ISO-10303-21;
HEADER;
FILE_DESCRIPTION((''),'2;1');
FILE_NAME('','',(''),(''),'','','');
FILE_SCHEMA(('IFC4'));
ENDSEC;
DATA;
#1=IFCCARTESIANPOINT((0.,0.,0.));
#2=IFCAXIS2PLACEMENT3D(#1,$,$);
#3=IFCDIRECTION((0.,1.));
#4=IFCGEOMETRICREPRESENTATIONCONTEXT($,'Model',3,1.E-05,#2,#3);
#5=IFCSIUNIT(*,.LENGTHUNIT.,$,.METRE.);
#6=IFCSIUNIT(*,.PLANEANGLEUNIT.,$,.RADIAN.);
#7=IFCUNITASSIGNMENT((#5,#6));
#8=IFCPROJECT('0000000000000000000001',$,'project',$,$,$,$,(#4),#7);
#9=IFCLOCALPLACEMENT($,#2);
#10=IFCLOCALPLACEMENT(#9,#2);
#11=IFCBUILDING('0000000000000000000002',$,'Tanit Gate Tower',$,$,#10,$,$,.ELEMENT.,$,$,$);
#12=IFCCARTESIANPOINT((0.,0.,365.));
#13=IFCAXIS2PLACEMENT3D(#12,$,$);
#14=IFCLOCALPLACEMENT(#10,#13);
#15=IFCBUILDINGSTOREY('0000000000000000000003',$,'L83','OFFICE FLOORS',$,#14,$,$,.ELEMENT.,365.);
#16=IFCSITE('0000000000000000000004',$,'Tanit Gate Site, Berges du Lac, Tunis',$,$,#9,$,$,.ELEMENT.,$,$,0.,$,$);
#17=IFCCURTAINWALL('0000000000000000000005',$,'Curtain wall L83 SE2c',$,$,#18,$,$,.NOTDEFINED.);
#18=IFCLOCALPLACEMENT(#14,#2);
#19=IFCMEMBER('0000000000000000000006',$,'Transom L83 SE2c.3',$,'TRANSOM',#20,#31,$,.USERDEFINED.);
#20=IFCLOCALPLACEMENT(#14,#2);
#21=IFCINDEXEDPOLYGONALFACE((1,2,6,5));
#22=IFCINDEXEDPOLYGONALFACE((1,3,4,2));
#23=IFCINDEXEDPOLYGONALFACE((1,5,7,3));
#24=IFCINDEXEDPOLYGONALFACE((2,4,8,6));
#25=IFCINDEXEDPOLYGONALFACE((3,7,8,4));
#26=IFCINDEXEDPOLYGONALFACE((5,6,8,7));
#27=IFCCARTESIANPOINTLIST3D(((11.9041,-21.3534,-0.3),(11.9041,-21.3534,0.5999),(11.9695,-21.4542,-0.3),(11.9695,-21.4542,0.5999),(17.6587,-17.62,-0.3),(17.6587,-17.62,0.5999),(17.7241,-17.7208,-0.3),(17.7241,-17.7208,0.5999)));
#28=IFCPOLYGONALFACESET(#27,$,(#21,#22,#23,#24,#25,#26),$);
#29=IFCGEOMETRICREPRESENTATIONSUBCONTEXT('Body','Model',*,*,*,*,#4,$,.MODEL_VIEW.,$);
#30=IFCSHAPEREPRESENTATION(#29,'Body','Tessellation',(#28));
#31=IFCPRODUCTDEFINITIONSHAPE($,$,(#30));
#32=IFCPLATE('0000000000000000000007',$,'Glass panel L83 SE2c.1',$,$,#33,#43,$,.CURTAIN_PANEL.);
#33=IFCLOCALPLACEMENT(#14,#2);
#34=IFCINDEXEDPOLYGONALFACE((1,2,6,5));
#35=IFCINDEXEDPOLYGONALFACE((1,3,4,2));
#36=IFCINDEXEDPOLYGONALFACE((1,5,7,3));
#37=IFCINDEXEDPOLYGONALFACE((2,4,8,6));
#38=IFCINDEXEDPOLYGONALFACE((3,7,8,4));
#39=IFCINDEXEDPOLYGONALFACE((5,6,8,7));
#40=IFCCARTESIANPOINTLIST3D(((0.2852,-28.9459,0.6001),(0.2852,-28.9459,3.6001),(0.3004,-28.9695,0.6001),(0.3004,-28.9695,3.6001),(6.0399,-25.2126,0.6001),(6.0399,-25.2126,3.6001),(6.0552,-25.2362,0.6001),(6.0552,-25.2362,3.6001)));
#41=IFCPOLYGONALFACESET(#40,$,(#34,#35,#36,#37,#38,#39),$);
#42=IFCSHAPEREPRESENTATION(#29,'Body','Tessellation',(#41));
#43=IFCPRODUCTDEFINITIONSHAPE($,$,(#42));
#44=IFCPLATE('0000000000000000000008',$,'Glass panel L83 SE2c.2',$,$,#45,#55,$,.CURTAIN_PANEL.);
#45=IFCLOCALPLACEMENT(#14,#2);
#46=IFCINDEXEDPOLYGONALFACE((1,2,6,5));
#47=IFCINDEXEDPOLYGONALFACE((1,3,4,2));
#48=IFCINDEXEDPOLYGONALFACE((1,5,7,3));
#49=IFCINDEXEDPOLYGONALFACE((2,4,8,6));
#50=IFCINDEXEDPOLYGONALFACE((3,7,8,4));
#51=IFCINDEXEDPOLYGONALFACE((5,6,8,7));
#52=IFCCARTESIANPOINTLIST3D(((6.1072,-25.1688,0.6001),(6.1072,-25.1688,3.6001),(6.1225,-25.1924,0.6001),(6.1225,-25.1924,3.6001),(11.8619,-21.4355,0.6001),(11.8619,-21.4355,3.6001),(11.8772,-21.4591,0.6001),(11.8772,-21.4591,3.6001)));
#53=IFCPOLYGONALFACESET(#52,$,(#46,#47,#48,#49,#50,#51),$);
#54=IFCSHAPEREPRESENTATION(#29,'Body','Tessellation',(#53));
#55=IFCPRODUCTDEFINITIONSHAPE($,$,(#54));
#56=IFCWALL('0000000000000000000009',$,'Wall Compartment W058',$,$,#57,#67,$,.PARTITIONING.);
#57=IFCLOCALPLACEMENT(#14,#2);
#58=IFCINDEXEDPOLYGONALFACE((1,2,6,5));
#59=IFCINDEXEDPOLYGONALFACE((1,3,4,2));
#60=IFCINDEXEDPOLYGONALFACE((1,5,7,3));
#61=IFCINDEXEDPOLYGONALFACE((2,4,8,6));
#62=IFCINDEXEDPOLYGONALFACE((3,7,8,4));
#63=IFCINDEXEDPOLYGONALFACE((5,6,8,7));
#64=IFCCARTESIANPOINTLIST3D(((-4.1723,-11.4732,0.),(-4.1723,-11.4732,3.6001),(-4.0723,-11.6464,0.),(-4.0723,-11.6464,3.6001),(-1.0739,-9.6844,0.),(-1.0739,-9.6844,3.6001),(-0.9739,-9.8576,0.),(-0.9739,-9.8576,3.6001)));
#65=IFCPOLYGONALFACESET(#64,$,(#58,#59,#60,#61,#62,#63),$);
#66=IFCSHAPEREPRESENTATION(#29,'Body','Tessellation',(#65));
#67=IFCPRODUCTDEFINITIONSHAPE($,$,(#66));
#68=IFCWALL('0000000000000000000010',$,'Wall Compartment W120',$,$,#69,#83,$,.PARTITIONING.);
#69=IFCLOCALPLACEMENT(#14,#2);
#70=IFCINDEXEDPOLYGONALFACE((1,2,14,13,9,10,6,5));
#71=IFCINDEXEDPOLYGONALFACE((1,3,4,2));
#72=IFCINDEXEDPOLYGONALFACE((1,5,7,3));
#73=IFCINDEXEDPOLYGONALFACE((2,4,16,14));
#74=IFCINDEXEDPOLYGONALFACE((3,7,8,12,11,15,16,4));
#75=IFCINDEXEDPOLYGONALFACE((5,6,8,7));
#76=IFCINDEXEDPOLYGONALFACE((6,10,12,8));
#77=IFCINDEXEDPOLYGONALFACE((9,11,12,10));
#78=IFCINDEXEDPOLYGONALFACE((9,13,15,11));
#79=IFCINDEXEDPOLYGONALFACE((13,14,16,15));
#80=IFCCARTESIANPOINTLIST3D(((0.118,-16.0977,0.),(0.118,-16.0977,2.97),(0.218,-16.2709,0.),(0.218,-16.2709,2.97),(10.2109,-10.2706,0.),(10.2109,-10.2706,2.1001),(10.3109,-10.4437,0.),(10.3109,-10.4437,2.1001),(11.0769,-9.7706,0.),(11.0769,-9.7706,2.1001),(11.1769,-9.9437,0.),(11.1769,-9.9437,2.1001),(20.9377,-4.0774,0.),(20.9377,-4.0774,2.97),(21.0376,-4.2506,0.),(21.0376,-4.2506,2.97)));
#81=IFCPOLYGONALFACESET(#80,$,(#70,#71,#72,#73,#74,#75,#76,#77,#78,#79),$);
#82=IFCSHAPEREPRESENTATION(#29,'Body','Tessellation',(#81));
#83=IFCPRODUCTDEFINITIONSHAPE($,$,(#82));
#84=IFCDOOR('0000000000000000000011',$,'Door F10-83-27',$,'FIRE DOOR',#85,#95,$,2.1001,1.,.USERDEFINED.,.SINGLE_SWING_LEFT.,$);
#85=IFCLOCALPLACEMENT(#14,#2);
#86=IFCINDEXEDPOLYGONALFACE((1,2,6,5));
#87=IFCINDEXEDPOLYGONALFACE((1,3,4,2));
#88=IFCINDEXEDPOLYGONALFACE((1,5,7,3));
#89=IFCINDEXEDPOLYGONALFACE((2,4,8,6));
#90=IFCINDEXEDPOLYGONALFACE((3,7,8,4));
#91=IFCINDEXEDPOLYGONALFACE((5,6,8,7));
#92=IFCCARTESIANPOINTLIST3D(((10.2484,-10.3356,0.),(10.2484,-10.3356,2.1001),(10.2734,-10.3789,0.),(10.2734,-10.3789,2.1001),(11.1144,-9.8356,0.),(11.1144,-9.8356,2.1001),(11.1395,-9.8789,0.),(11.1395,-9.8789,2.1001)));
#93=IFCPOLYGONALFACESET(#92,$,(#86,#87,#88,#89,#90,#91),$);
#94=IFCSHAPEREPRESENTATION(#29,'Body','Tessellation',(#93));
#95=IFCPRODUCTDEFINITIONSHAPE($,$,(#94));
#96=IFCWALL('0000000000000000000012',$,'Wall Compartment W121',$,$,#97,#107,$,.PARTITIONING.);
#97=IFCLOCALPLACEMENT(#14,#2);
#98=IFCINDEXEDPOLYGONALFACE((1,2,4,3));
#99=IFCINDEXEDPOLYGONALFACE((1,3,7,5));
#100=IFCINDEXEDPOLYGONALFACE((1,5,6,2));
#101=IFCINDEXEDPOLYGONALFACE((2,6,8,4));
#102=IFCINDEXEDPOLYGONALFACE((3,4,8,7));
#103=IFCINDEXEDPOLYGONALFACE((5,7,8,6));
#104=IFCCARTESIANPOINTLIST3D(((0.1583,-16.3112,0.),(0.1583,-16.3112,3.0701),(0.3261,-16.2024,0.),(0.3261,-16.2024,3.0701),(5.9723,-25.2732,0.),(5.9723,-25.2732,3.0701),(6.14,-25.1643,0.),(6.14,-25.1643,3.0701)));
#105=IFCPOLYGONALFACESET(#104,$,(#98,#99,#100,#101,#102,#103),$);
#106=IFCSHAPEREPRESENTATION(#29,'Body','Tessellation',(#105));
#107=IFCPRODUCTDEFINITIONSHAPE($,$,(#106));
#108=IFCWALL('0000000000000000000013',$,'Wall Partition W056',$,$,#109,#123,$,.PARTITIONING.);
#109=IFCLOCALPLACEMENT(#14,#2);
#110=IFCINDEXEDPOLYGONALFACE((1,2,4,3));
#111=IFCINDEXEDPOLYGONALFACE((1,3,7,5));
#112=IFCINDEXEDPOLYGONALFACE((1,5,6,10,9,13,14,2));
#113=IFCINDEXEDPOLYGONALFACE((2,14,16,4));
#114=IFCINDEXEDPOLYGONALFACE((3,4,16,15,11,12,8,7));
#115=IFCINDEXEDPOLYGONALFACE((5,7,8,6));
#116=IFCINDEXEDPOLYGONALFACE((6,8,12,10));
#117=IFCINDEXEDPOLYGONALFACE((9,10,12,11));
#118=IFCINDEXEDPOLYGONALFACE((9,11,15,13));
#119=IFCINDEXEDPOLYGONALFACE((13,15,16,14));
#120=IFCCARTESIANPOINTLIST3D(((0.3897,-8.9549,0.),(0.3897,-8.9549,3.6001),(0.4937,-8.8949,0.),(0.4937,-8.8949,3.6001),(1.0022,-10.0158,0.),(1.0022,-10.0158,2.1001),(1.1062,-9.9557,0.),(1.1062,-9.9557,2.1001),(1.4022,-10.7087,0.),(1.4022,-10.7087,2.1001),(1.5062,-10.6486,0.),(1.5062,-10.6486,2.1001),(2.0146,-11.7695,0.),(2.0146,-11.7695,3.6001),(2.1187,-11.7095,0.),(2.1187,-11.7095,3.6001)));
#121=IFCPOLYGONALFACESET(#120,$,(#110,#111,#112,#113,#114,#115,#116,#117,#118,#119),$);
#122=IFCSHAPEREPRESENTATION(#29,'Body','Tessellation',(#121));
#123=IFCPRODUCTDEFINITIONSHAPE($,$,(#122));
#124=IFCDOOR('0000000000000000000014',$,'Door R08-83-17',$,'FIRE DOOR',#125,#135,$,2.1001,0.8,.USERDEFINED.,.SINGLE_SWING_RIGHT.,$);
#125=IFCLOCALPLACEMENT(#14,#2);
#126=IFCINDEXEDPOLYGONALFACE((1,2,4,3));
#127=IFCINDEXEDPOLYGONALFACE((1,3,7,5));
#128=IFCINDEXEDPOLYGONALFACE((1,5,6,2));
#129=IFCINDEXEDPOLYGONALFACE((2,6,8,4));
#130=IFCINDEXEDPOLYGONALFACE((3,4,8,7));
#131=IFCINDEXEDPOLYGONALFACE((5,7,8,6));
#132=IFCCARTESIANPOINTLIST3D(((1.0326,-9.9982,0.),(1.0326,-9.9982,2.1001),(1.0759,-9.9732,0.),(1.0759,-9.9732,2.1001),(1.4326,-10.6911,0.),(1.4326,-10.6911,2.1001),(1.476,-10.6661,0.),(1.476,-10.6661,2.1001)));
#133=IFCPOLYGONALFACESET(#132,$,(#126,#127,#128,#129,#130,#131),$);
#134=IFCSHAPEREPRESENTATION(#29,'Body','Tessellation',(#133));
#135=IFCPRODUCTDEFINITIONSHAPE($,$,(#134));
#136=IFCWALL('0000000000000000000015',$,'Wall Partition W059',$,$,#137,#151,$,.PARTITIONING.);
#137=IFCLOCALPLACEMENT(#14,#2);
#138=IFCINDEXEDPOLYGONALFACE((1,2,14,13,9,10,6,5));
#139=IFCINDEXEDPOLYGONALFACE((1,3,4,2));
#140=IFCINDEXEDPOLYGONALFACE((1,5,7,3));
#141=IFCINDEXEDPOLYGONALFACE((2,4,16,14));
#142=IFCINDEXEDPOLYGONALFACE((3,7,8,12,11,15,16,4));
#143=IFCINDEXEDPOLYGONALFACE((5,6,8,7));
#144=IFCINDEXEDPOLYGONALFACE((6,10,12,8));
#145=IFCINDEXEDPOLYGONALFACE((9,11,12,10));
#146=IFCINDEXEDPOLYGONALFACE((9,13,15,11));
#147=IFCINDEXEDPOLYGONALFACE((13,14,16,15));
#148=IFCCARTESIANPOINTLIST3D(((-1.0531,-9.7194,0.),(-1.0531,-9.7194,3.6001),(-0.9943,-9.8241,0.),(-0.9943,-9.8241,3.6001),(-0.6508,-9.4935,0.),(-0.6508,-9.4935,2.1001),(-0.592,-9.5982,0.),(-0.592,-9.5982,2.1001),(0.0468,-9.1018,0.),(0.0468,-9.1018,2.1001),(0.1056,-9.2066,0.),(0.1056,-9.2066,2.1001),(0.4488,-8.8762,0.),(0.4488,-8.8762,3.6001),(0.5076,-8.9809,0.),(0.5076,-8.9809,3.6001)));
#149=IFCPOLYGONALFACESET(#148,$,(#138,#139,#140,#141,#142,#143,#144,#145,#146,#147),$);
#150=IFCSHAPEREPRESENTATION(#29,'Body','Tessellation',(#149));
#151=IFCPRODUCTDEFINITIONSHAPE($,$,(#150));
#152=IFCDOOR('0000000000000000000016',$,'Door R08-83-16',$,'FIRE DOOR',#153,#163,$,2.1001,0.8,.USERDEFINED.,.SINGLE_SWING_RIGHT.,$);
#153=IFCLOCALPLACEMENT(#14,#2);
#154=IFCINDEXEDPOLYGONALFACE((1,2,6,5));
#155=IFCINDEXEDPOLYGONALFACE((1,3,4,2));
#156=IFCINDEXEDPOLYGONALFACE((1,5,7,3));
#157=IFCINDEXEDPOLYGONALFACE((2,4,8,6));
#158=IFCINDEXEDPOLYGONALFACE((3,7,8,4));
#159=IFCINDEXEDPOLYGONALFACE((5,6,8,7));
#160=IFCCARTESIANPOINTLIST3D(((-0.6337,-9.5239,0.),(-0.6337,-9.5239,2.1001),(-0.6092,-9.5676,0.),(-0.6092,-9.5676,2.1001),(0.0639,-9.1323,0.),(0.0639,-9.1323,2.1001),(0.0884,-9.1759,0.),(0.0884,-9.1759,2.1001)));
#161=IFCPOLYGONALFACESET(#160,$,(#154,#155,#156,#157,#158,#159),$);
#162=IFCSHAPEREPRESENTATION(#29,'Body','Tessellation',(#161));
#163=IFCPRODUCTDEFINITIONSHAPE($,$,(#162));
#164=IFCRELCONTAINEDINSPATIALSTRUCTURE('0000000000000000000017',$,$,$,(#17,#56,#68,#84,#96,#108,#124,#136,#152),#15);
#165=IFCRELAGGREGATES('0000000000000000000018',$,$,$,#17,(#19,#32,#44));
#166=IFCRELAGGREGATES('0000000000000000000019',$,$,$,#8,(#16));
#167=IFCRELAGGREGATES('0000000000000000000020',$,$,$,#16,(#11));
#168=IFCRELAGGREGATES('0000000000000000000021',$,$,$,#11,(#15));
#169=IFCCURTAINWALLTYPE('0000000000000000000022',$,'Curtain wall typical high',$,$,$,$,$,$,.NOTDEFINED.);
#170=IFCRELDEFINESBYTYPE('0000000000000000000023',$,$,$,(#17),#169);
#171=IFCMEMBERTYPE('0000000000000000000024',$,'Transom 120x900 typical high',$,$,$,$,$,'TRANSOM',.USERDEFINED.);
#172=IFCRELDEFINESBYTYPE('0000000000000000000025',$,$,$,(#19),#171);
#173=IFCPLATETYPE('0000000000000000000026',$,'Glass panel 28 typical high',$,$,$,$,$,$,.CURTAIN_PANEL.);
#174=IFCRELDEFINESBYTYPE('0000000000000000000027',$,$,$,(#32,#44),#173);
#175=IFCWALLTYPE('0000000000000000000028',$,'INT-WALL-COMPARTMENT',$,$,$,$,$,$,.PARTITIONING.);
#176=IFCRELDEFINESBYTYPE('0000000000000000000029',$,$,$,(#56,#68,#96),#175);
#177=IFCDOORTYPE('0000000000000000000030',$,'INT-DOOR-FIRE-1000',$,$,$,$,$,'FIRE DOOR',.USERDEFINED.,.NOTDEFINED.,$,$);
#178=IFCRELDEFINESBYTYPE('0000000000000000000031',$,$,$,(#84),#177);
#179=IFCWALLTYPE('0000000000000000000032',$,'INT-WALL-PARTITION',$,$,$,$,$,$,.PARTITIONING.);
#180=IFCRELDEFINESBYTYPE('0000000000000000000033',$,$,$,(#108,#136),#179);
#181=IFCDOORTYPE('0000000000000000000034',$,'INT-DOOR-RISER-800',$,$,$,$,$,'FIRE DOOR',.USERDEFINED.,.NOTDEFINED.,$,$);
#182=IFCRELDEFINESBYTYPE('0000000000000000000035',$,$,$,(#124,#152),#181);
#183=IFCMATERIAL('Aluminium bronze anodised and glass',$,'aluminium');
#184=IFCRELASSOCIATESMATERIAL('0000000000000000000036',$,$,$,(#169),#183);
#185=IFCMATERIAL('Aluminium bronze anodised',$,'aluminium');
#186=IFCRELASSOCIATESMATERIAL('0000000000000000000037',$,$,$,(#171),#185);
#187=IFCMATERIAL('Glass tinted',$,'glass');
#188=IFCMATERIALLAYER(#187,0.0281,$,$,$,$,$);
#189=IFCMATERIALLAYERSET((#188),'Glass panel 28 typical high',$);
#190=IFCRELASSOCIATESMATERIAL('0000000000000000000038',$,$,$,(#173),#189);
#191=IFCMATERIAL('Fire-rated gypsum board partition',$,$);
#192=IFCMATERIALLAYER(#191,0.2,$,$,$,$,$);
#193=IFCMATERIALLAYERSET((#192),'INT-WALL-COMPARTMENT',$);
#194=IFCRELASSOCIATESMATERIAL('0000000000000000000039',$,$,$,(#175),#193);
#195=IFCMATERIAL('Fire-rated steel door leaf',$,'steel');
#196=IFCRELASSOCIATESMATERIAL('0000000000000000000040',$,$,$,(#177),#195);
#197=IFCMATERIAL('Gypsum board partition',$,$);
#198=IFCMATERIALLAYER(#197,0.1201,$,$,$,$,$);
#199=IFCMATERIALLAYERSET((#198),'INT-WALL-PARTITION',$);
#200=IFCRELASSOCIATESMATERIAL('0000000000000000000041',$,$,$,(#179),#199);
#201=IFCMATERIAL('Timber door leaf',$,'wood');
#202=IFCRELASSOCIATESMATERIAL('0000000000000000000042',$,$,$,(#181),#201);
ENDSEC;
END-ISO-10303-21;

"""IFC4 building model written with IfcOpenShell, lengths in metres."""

from ifc_helpers import new_model, si_unit, direction, frame, frame_2d, origin, origin_2d, place, context, subcontext, project, spatial, rectangle, extrude, material, layer, layer_set, material_profile, profile_set, type_object, element, fill, aggregate, save


model = new_model("IFC4")

# Units and contexts
model_context = context("Model", 3, precision=1e-05, world=origin(), true_north=direction((0.0, 1.0)))
body_context = subcontext(model_context, "Body", "Model", "MODEL_VIEW")
ifc_project = project(units=[si_unit("LENGTHUNIT", "METRE"), si_unit("PLANEANGLEUNIT", "RADIAN")], contexts=[model_context])

# Site, building, storey
site_placement = place(None, origin())
site = spatial("IfcSite", under=ifc_project, at=site_placement, Name="Tanit Gate Site, Berges du Lac, Tunis", CompositionType="ELEMENT", RefElevation=0.0)
building_placement = place(site_placement, origin())
building = spatial("IfcBuilding", under=site, at=building_placement, Name="Tanit Gate Tower", CompositionType="ELEMENT")
storey_placement = place(building_placement, frame((0.0, 0.0, 365.0)))
storey = spatial("IfcBuildingStorey", under=building, at=storey_placement, Name="L83", Description="OFFICE FLOORS", CompositionType="ELEMENT", Elevation=365.0)

# Curtain wall
ifc_material_1 = material(Name="Aluminium bronze anodised and glass", Category="aluminium")
curtain_wall_type = type_object("IfcCurtainWallType", Name="Curtain wall typical high", PredefinedType="NOTDEFINED", material=ifc_material_1)
curtain_wall_1_placement = place(storey_placement, origin())
curtain_wall_1 = element("IfcCurtainWall", 1, at=curtain_wall_1_placement, inside=storey, type_object=curtain_wall_type, Name="Curtain wall L83 SE2c", PredefinedType="NOTDEFINED")

# Member
ifc_material_2 = material(Name="Aluminium bronze anodised", Category="aluminium")
ifc_material_profile_1 = material_profile(ifc_material_2, rectangle(XDim=0.1201, YDim=0.8999, at=origin_2d()), Name="120x900 bronze transom")
ifc_profile_set_1 = profile_set([ifc_material_profile_1], Name="Aluminium bronze anodised")
member_type_1 = type_object("IfcMemberType", Name="Transom 120x900 typical high", ElementType="TRANSOM", PredefinedType="USERDEFINED", material=ifc_profile_set_1)
member_1_placement = place(storey_placement, frame((11.9368, -21.4038, 0.1499), z_axis=(0.838917, 0.544259, 0.0), x_axis=(-0.544259, 0.838917, 0.0)))
member_1 = element("IfcMember", 2, at=member_1_placement, type_object=member_type_1, Name="Transom L83 SE2c.3", ObjectType="TRANSOM", PredefinedType="USERDEFINED", context=body_context, shape_type="SweptSolid", body=[
    extrude(rectangle(XDim=0.1201, YDim=0.8999, at=origin_2d()), origin(), (0.0, 0.0, 1.0), 6.8596),
])

# Plates
ifc_material_3 = material(Name="Glass tinted", Category="glass")
ifc_layer_1 = layer(ifc_material_3, 0.0281)
ifc_layer_set_1 = layer_set([ifc_layer_1], Name="Glass panel 28 typical high")
plate_type = type_object("IfcPlateType", Name="Glass panel 28 typical high", PredefinedType="CURTAIN_PANEL", material=ifc_layer_set_1)
plate_1_placement = place(storey_placement, frame((3.1702, -27.0911, 0.6001), z_axis=(0.0, 0.0, 1.0), x_axis=(0.838927, 0.544243, 0.0)))
plate_1 = element("IfcPlate", 3, at=plate_1_placement, type_object=plate_type, Name="Glass panel L83 SE2c.1", PredefinedType="CURTAIN_PANEL", context=body_context, shape_type="SweptSolid", body=[
    extrude(rectangle(XDim=6.8596, YDim=0.0281, at=origin_2d()), origin(), (0.0, 0.0, 1.0), 3.0),
])
plate_2_placement = place(storey_placement, frame((8.9922, -23.314, 0.6001), z_axis=(0.0, 0.0, 1.0), x_axis=(0.838927, 0.544243, 0.0)))
plate_2 = element("IfcPlate", 4, at=plate_2_placement, type_object=plate_type, Name="Glass panel L83 SE2c.2", PredefinedType="CURTAIN_PANEL", context=body_context, shape_type="SweptSolid", body=[
    extrude(rectangle(XDim=6.8596, YDim=0.0281, at=origin_2d()), origin(), (0.0, 0.0, 1.0), 3.0),
])
aggregate(curtain_wall_1, [member_1, plate_1, plate_2])

# Wall
ifc_material_4 = material(Name="Fire-rated gypsum board partition")
ifc_layer_2 = layer(ifc_material_4, 0.2)
ifc_layer_set_2 = layer_set([ifc_layer_2], Name="INT-WALL-COMPARTMENT")
wall_type_1 = type_object("IfcWallType", Name="INT-WALL-COMPARTMENT", PredefinedType="PARTITIONING", material=ifc_layer_set_2)
wall_1_placement = place(storey_placement, frame((-1.0239, -9.771, 0.0), z_axis=(0.0, 0.0, 1.0), x_axis=(-0.86603, -0.499992, 0.0)))
element("IfcWall", 5, at=wall_1_placement, inside=storey, type_object=wall_type_1, Name="Wall Compartment W058", PredefinedType="PARTITIONING", context=body_context, shape_type="SweptSolid", body=[
    extrude(rectangle(XDim=3.5776, YDim=0.2, at=frame_2d((1.7888, 0.0))), origin(), (0.0, 0.0, 1.0), 3.6001),
])

# Wall, opening, door
wall_2_placement = place(storey_placement, frame((0.168, -16.1843, 0.0), z_axis=(0.0, 0.0, 1.0), x_axis=(0.866024, 0.500002, 0.0)))
wall_2 = element("IfcWall", 6, at=wall_2_placement, inside=storey, type_object=wall_type_1, Name="Wall Compartment W120", PredefinedType="PARTITIONING", context=body_context, shape_type="SweptSolid", body=[
    extrude(rectangle(XDim=24.0405, YDim=0.2, at=frame_2d((12.0203, 0.0))), origin(), (0.0, 0.0, 1.0), 2.97),
])
opening_1_placement = place(wall_2_placement, frame((11.6543, 0.0, 0.0)))
opening_1 = element("IfcOpeningElement", 7, at=opening_1_placement, cuts=wall_2, PredefinedType="OPENING", context=body_context, shape_type="SweptSolid", body=[
    extrude(rectangle(XDim=1.0, YDim=2.1001, at=frame_2d((0.5, 1.05))), frame((0.0, 0.1099, 0.0), z_axis=(0.0, -1.0, 0.0), x_axis=(1.0, 0.0, 0.0)), (0.0, 0.0, 1.0), 0.22),
])
ifc_material_5 = material(Name="Fire-rated steel door leaf", Category="steel")
door_type_1 = type_object("IfcDoorType", Name="INT-DOOR-FIRE-1000", ElementType="FIRE DOOR", OperationType="NOTDEFINED", PredefinedType="USERDEFINED", material=ifc_material_5)
door_1_placement = place(opening_1_placement, origin())
door_1 = element("IfcDoor", 8, at=door_1_placement, inside=storey, type_object=door_type_1, Name="Door F10-83-27", ObjectType="FIRE DOOR", OperationType="SINGLE_SWING_LEFT", OverallHeight=2.1001, OverallWidth=1.0, PredefinedType="USERDEFINED", context=body_context, shape_type="SweptSolid", body=[
    extrude(rectangle(XDim=1.0, YDim=2.1001, at=frame_2d((0.5, 1.05))), frame((0.0, 0.0249, 0.0), z_axis=(0.0, -1.0, 0.0), x_axis=(1.0, 0.0, 0.0)), (0.0, 0.0, 1.0), 0.05),
])
fill(opening_1, door_1)

# Wall
wall_3_placement = place(storey_placement, frame((0.2422, -16.2568, 0.0), z_axis=(0.0, 0.0, 1.0), x_axis=(0.544246, -0.838926, 0.0)))
element("IfcWall", 9, at=wall_3_placement, inside=storey, type_object=wall_type_1, Name="Wall Compartment W121", PredefinedType="PARTITIONING", context=body_context, shape_type="SweptSolid", body=[
    extrude(rectangle(XDim=10.6826, YDim=0.2, at=frame_2d((5.3413, 0.0))), origin(), (0.0, 0.0, 1.0), 3.0701),
])

# Walls, openings, doors
ifc_material_6 = material(Name="Gypsum board partition")
ifc_layer_3 = layer(ifc_material_6, 0.1201)
ifc_layer_set_3 = layer_set([ifc_layer_3], Name="INT-WALL-PARTITION")
wall_type_2 = type_object("IfcWallType", Name="INT-WALL-PARTITION", PredefinedType="PARTITIONING", material=ifc_layer_set_3)
wall_4_placement = place(storey_placement, frame((2.0667, -11.7395, 0.0), z_axis=(0.0, 0.0, 1.0), x_axis=(-0.499985, 0.866034, 0.0)))
wall_4 = element("IfcWall", 10, at=wall_4_placement, inside=storey, type_object=wall_type_2, Name="Wall Partition W056", PredefinedType="PARTITIONING", context=body_context, shape_type="SweptSolid", body=[
    extrude(rectangle(XDim=3.25, YDim=0.1201, at=frame_2d((1.625, 0.0))), origin(), (0.0, 0.0, 1.0), 3.6001),
])
opening_2_placement = place(wall_4_placement, frame((1.2251, 0.0, 0.0)))
opening_2 = element("IfcOpeningElement", 11, at=opening_2_placement, cuts=wall_4, PredefinedType="OPENING", context=body_context, shape_type="SweptSolid", body=[
    extrude(rectangle(XDim=0.8, YDim=2.1001, at=frame_2d((0.3999, 1.05))), frame((0.0, 0.0701, 0.0), z_axis=(0.0, -1.0, 0.0), x_axis=(1.0, 0.0, 0.0)), (0.0, 0.0, 1.0), 0.1401),
])
ifc_material_7 = material(Name="Timber door leaf", Category="wood")
door_type_2 = type_object("IfcDoorType", Name="INT-DOOR-RISER-800", ElementType="FIRE DOOR", OperationType="NOTDEFINED", PredefinedType="USERDEFINED", material=ifc_material_7)
door_2_placement = place(opening_2_placement, origin())
door_2 = element("IfcDoor", 12, at=door_2_placement, inside=storey, type_object=door_type_2, Name="Door R08-83-17", ObjectType="FIRE DOOR", OperationType="SINGLE_SWING_RIGHT", OverallHeight=2.1001, OverallWidth=0.8, PredefinedType="USERDEFINED", context=body_context, shape_type="SweptSolid", body=[
    extrude(rectangle(XDim=0.8, YDim=2.1001, at=frame_2d((0.3999, 1.05))), frame((0.0, 0.0249, 0.0), z_axis=(0.0, -1.0, 0.0), x_axis=(1.0, 0.0, 0.0)), (0.0, 0.0, 1.0), 0.05),
])
fill(opening_2, door_2)
wall_5_placement = place(storey_placement, frame((0.4783, -8.9285, 0.0), z_axis=(0.0, 0.0, 1.0), x_axis=(-0.871969, -0.489561, 0.0)))
wall_5 = element("IfcWall", 13, at=wall_5_placement, inside=storey, type_object=wall_type_2, Name="Wall Partition W059", PredefinedType="PARTITIONING", context=body_context, shape_type="SweptSolid", body=[
    extrude(rectangle(XDim=1.7224, YDim=0.1201, at=frame_2d((0.8613, 0.0))), origin(), (0.0, 0.0, 1.0), 3.6001),
])
opening_3_placement = place(wall_5_placement, frame((0.4612, 0.0, 0.0)))
opening_3 = element("IfcOpeningElement", 14, at=opening_3_placement, cuts=wall_5, PredefinedType="OPENING", context=body_context, shape_type="SweptSolid", body=[
    extrude(rectangle(XDim=0.8, YDim=2.1001, at=frame_2d((0.3999, 1.05))), frame((0.0, 0.0701, 0.0), z_axis=(0.0, -1.0, 0.0), x_axis=(1.0, 0.0, 0.0)), (0.0, 0.0, 1.0), 0.1401),
])
door_3_placement = place(opening_3_placement, origin())
door_3 = element("IfcDoor", 15, at=door_3_placement, inside=storey, type_object=door_type_2, Name="Door R08-83-16", ObjectType="FIRE DOOR", OperationType="SINGLE_SWING_RIGHT", OverallHeight=2.1001, OverallWidth=0.8, PredefinedType="USERDEFINED", context=body_context, shape_type="SweptSolid", body=[
    extrude(rectangle(XDim=0.8, YDim=2.1001, at=frame_2d((0.3999, 1.05))), frame((0.0, 0.0249, 0.0), z_axis=(0.0, -1.0, 0.0), x_axis=(1.0, 0.0, 0.0)), (0.0, 0.0, 1.0), 0.05),
])
fill(opening_3, door_3)

save(model, "model.ifc")
